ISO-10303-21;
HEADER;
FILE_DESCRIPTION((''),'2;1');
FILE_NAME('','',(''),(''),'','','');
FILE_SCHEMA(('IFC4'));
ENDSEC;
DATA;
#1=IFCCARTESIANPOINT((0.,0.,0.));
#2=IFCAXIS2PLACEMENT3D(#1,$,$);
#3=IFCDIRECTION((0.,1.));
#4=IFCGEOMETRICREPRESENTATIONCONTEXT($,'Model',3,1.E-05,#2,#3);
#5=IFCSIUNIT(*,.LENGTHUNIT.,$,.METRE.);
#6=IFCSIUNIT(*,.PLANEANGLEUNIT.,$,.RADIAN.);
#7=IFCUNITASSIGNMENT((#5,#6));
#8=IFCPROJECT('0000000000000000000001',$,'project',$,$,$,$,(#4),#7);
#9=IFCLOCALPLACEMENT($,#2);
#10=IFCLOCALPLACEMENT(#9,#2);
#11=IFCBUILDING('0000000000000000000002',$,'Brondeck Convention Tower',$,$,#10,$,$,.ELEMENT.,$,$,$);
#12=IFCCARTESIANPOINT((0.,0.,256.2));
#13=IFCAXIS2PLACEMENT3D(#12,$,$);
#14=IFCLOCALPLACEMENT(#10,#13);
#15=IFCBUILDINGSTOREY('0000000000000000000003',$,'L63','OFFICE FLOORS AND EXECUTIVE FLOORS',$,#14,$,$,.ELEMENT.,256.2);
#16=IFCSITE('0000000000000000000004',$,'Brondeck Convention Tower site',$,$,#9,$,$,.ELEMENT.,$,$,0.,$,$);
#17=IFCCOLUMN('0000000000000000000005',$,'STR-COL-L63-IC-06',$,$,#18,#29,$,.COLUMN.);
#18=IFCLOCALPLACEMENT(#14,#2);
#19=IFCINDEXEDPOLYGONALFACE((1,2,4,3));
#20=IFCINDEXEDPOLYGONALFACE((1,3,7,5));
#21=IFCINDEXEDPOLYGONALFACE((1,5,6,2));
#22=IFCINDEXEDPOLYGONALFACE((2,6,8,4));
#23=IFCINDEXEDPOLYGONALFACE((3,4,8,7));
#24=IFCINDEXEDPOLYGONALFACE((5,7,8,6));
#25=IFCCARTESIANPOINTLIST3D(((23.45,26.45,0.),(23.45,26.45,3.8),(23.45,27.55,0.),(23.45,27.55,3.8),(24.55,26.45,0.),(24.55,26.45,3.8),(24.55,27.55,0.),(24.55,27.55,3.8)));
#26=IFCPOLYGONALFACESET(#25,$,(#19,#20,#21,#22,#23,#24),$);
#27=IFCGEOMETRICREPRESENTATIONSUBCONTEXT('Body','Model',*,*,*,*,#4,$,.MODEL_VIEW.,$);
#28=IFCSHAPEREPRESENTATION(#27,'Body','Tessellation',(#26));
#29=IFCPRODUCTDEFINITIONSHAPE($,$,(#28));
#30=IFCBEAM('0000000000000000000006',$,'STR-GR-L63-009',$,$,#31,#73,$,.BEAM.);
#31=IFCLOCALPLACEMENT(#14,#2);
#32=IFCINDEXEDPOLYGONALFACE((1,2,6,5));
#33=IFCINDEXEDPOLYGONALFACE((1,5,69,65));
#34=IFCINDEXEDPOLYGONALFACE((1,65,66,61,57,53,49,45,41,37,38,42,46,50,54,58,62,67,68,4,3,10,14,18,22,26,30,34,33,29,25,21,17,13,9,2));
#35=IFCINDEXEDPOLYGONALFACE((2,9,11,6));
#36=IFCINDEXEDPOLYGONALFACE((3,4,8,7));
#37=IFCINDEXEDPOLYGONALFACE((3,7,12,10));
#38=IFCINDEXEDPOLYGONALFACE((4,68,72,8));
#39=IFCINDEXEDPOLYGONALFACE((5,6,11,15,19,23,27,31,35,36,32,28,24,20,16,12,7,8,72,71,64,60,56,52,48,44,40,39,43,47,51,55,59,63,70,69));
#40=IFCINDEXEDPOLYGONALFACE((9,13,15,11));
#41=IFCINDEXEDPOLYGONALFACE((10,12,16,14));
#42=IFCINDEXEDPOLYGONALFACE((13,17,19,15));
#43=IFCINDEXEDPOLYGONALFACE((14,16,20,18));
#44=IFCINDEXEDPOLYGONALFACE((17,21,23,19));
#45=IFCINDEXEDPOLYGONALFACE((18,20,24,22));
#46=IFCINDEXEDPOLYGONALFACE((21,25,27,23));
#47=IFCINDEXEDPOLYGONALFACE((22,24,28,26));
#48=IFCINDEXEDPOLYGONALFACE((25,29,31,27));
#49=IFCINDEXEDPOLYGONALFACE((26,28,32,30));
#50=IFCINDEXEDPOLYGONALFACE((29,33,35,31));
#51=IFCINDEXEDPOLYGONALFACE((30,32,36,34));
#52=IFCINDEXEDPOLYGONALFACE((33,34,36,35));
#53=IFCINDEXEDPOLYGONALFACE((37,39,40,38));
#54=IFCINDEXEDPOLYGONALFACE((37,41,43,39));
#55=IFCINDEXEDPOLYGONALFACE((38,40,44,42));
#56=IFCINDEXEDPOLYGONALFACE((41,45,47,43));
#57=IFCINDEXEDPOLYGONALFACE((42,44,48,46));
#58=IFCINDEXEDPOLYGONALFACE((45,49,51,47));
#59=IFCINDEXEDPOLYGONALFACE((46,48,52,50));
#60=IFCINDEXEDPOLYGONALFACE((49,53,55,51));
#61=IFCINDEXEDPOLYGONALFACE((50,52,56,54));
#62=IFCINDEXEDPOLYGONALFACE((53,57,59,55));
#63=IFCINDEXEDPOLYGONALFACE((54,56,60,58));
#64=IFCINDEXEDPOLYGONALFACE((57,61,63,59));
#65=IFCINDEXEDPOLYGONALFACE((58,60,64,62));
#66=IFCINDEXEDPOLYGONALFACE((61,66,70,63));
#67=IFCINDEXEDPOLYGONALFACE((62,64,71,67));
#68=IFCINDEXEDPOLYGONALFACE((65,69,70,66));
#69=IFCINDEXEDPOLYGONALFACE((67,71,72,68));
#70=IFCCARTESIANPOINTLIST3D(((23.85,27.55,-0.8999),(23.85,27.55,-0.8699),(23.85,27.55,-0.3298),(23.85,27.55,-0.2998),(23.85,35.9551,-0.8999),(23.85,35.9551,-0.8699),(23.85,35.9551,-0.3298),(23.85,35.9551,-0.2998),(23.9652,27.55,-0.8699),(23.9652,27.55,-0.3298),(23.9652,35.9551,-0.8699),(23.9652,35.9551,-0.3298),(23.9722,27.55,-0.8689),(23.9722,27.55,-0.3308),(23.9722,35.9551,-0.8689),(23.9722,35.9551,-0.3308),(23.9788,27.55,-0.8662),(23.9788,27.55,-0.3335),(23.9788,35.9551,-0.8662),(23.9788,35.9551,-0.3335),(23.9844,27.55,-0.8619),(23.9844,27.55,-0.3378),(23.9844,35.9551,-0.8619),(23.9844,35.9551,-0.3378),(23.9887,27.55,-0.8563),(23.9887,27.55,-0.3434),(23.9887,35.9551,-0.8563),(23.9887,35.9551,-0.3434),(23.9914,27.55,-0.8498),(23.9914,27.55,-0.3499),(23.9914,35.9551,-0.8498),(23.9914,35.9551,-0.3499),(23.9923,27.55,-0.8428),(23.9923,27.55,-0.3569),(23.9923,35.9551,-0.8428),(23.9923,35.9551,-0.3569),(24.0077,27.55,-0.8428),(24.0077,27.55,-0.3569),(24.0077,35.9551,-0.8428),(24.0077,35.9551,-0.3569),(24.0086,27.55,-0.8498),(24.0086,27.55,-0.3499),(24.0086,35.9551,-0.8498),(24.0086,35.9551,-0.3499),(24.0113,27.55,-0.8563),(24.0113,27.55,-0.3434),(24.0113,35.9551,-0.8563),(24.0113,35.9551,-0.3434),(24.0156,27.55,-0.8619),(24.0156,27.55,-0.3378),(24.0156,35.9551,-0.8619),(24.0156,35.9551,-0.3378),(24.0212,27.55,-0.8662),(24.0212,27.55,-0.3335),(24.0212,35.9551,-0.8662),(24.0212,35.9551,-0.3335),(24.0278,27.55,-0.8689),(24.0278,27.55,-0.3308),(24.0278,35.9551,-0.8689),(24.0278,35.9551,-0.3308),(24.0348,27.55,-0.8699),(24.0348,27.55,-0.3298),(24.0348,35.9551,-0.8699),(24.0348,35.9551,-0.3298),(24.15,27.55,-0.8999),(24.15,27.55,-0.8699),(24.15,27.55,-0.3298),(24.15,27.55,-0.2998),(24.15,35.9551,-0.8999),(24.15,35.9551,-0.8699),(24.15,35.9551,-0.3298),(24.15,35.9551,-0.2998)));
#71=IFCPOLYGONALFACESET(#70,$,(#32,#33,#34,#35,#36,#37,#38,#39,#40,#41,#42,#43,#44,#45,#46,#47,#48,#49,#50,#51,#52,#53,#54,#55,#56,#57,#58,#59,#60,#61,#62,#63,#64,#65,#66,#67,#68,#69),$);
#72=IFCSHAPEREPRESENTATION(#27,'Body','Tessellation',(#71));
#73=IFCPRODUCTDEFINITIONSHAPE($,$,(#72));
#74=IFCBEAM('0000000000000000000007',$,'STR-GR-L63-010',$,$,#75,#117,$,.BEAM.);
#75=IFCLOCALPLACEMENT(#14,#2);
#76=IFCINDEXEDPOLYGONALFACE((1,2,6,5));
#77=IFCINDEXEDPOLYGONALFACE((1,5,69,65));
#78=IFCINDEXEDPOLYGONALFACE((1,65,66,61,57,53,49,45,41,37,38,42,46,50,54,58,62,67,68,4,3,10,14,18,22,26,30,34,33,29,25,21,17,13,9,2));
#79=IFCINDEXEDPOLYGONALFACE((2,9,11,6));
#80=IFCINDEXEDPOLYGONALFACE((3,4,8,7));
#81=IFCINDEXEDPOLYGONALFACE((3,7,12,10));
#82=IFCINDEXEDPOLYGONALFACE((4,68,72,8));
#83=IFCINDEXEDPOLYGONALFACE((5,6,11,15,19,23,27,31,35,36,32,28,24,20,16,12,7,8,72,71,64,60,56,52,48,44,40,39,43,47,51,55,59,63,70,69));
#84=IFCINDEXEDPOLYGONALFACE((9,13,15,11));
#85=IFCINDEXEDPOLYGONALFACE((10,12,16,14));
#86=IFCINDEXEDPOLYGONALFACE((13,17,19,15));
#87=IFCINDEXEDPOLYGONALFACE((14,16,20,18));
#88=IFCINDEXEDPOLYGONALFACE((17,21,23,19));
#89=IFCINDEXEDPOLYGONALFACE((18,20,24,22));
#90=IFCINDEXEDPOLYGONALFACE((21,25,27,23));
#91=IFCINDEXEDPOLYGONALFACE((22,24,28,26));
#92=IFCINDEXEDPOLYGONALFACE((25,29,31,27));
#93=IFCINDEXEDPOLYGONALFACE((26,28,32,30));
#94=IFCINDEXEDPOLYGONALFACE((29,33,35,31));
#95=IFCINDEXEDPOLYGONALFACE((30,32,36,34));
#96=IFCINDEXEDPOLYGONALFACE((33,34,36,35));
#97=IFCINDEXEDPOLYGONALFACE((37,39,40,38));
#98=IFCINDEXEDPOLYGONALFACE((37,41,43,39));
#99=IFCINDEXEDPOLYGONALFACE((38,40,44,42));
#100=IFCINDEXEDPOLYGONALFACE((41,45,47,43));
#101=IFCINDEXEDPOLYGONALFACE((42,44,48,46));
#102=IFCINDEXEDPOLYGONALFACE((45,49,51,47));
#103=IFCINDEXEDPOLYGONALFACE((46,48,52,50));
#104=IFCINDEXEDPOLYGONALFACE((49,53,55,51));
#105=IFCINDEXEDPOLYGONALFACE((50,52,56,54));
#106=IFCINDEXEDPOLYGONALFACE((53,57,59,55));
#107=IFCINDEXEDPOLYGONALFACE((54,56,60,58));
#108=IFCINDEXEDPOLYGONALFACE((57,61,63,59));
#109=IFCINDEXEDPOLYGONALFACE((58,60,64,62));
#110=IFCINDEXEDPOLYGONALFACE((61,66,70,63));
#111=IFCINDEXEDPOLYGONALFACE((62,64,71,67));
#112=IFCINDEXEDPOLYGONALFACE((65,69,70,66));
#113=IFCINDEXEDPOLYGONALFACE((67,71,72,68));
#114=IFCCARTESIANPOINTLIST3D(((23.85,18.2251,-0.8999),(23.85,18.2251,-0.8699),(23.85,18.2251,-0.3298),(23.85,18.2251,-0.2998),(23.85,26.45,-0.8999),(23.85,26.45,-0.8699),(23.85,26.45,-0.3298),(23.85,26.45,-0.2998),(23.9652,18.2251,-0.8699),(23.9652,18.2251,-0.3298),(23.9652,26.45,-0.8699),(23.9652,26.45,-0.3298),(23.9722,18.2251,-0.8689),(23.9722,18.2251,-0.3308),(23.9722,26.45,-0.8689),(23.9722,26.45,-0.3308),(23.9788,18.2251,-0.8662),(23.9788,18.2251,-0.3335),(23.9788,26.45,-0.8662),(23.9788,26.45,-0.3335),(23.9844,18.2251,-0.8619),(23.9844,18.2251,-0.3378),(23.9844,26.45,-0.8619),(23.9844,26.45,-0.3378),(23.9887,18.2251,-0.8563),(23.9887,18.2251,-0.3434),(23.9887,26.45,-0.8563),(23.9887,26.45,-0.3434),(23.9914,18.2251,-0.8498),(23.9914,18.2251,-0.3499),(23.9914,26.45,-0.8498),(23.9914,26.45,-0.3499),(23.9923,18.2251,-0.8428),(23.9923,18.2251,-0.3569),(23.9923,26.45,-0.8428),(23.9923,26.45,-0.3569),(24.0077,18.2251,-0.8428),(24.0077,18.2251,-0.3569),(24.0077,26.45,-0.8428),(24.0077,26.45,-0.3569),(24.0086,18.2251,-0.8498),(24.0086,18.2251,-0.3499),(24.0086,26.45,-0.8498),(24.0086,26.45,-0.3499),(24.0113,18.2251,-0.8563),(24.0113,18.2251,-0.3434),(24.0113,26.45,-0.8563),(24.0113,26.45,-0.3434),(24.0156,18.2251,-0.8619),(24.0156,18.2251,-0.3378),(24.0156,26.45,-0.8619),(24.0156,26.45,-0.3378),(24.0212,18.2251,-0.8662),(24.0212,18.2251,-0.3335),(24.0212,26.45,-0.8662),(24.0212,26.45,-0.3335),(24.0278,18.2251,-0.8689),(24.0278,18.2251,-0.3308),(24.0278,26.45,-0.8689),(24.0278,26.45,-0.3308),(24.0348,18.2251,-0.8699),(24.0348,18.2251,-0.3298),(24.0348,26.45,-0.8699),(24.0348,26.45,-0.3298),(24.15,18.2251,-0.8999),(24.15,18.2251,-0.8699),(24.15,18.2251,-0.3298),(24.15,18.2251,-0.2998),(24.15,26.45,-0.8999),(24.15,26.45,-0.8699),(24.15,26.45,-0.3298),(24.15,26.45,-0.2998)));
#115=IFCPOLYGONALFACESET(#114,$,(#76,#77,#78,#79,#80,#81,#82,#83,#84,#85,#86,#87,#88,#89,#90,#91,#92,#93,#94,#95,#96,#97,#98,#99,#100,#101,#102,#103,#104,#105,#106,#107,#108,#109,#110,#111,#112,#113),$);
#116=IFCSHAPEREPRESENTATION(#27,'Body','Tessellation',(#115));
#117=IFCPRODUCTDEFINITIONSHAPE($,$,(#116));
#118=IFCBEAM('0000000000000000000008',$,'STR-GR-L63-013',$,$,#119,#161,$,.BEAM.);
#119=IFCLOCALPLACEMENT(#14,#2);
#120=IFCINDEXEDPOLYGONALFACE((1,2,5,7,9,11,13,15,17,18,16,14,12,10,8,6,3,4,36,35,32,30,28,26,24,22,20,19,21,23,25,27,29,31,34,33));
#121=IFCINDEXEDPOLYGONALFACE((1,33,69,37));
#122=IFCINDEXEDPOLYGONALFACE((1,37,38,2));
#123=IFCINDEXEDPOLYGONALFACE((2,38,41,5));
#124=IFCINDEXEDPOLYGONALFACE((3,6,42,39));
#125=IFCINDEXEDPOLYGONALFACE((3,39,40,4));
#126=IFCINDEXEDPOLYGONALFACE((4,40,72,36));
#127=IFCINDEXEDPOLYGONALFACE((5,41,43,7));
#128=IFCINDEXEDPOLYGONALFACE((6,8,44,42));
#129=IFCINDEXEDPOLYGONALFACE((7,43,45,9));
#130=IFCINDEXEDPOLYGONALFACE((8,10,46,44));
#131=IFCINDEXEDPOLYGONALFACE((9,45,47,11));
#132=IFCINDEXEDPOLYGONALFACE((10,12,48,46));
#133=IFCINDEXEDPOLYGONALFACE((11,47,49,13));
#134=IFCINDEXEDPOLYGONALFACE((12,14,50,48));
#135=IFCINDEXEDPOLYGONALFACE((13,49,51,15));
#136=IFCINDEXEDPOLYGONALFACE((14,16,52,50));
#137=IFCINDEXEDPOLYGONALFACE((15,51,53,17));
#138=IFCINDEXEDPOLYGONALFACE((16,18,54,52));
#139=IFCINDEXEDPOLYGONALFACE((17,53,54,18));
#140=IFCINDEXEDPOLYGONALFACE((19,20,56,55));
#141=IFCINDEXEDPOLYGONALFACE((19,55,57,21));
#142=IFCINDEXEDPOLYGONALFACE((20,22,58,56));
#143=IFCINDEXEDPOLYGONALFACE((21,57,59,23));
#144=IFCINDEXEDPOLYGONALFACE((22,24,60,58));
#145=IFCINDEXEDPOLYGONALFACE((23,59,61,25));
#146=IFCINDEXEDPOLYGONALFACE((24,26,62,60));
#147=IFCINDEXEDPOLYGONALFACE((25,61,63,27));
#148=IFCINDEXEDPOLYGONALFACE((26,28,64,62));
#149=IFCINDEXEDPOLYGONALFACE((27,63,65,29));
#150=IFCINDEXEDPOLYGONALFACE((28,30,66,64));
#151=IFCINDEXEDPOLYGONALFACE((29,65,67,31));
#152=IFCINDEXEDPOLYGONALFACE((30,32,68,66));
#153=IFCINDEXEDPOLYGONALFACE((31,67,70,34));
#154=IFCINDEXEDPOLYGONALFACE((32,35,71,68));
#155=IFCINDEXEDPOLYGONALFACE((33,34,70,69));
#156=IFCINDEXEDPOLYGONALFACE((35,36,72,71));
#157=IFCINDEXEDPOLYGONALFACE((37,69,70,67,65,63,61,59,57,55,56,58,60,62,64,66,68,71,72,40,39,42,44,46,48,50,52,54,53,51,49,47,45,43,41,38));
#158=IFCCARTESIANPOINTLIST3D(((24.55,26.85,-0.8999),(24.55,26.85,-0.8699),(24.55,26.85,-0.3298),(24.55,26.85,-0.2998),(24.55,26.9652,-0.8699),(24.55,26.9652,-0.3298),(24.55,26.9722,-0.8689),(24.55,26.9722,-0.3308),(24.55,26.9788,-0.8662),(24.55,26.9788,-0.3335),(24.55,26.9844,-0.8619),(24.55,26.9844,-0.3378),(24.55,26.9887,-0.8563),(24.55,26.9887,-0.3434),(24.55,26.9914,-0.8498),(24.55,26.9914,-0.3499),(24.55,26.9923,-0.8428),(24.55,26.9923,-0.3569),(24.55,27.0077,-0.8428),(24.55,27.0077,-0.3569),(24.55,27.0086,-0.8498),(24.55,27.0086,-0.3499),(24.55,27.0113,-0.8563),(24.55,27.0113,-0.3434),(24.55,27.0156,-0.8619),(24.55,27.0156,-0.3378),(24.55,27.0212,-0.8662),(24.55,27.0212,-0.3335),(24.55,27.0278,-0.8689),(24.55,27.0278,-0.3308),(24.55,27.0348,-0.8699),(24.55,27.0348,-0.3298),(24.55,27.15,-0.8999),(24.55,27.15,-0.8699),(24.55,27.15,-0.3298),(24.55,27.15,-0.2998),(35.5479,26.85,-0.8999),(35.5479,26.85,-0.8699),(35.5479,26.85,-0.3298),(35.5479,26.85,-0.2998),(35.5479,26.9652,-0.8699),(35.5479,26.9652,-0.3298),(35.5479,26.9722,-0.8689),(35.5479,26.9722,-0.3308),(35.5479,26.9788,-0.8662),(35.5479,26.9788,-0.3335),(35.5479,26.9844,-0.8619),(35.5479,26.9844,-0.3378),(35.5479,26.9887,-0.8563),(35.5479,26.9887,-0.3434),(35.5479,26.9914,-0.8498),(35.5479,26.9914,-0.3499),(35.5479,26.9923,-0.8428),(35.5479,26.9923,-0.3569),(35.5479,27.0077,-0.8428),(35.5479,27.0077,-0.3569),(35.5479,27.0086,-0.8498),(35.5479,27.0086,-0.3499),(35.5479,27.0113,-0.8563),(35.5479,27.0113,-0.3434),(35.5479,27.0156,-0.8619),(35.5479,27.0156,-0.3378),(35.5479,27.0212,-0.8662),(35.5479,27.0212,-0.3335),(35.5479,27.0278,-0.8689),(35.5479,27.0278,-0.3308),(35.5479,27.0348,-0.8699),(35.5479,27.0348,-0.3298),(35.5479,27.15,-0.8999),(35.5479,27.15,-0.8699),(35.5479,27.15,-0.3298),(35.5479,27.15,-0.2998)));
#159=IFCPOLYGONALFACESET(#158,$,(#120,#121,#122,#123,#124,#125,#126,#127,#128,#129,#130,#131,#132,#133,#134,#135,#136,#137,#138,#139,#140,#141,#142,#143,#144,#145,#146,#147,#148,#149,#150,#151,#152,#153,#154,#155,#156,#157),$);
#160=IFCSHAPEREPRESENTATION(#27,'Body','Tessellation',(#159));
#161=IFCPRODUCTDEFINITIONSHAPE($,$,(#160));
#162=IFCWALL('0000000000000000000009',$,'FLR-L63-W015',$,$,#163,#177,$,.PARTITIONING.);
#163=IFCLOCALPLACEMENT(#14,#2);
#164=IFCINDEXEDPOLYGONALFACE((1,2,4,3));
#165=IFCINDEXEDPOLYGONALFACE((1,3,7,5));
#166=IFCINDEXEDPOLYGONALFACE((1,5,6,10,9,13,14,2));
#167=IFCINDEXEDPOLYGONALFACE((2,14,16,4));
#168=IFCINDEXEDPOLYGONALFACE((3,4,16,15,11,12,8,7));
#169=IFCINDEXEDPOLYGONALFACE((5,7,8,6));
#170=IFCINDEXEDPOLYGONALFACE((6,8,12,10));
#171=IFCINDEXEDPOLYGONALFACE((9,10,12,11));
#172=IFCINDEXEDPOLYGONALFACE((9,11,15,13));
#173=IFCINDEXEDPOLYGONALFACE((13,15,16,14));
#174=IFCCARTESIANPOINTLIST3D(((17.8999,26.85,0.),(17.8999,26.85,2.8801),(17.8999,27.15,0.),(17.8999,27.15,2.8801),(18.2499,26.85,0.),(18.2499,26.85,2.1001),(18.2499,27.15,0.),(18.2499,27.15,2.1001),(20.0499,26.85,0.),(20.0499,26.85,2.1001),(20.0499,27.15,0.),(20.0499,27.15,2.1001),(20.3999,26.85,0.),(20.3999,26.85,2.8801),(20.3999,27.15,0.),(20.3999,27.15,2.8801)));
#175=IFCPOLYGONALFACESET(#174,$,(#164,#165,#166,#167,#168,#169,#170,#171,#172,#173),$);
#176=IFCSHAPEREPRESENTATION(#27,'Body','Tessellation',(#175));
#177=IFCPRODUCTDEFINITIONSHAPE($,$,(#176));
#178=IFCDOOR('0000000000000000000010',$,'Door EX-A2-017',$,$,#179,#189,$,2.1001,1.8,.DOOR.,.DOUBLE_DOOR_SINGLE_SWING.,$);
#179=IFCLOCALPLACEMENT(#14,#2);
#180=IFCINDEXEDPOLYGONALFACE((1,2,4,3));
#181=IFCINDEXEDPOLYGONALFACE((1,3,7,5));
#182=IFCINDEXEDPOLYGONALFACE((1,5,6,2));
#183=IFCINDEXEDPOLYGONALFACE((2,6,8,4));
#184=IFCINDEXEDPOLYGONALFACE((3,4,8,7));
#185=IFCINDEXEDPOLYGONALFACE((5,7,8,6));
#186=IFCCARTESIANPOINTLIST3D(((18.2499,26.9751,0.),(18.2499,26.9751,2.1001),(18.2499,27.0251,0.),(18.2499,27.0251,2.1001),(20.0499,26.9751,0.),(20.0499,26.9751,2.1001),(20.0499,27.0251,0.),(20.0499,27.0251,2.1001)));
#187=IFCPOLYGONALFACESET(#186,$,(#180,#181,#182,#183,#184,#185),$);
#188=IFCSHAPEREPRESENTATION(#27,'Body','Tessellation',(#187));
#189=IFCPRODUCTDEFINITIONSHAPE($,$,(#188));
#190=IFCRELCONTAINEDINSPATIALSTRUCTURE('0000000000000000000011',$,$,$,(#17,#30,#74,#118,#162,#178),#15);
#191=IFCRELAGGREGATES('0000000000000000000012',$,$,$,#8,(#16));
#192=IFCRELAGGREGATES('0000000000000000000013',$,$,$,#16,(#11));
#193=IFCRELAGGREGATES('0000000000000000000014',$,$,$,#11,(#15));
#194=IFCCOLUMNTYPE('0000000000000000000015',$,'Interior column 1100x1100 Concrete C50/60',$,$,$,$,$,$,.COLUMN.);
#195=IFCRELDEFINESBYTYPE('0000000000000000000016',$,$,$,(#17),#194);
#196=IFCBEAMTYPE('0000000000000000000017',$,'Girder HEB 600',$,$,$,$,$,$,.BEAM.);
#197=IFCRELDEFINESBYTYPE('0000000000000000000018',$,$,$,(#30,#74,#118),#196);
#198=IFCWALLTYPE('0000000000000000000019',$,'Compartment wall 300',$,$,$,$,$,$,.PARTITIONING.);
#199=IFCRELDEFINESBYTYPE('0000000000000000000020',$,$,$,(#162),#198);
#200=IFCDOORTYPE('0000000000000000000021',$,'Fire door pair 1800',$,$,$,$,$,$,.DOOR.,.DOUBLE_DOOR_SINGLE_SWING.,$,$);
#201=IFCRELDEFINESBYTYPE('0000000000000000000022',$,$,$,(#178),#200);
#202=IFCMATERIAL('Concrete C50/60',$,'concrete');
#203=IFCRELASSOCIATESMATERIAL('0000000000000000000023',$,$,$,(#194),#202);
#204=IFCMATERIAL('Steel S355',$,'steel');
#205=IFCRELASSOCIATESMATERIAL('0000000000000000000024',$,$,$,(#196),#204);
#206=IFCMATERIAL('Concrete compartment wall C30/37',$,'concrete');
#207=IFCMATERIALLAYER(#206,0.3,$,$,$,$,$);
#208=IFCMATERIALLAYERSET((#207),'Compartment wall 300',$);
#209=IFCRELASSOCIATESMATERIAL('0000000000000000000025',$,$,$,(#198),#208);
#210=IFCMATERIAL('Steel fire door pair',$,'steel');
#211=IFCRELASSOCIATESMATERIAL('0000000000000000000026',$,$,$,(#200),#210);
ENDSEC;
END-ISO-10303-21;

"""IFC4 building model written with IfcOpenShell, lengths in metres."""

from ifc_helpers import new_model, si_unit, direction, frame, frame_2d, origin, origin_2d, place, context, subcontext, project, spatial, rectangle, i_section, extrude, material, layer, layer_set, material_profile, profile_set, type_object, element, fill, save


model = new_model("IFC4")

# Units and contexts
model_context = context("Model", 3, precision=1e-05, world=origin(), true_north=direction((0.0, 1.0)))
body_context = subcontext(model_context, "Body", "Model", "MODEL_VIEW")
ifc_project = project(units=[si_unit("LENGTHUNIT", "METRE"), si_unit("PLANEANGLEUNIT", "RADIAN")], contexts=[model_context])

# Site, building, storey
site_placement = place(None, origin())
site = spatial("IfcSite", under=ifc_project, at=site_placement, Name="Brondeck Convention Tower site", CompositionType="ELEMENT", RefElevation=0.0)
building_placement = place(site_placement, origin())
building = spatial("IfcBuilding", under=site, at=building_placement, Name="Brondeck Convention Tower", CompositionType="ELEMENT")
storey_placement = place(building_placement, frame((0.0, 0.0, 256.2)))
storey = spatial("IfcBuildingStorey", under=building, at=storey_placement, Name="L63", Description="OFFICE FLOORS AND EXECUTIVE FLOORS", CompositionType="ELEMENT", Elevation=256.2)

# Column
ifc_material_1 = material(Name="Concrete C50/60", Category="concrete")
ifc_material_profile_1 = material_profile(ifc_material_1, rectangle(XDim=1.1001, YDim=1.1001, at=origin_2d()), Name="Interior column 1100x1100 Concrete C50/60")
ifc_profile_set_1 = profile_set([ifc_material_profile_1], Name="Concrete C50/60")
column_type = type_object("IfcColumnType", Name="Interior column 1100x1100 Concrete C50/60", PredefinedType="COLUMN", material=ifc_profile_set_1)
column_placement = place(storey_placement, frame((24.0, 27.0, 0.0), z_axis=(0.0, 0.0, 1.0), x_axis=(1.0, 0.0, 0.0)))
element("IfcColumn", 1, at=column_placement, inside=storey, type_object=column_type, Name="STR-COL-L63-IC-06", PredefinedType="COLUMN", context=body_context, shape_type="SweptSolid", body=[
    extrude(rectangle(XDim=1.1001, YDim=1.1001, at=origin_2d()), origin(), (0.0, 0.0, 1.0), 3.8),
])

# Beams
ifc_material_2 = material(Name="Steel S355", Category="steel")
ifc_material_profile_2 = material_profile(ifc_material_2, i_section(OverallWidth=0.3, OverallDepth=0.6001, WebThickness=0.0154, FlangeThickness=0.03, FilletRadius=0.0271, at=origin_2d()), Name="HEB 600")
ifc_profile_set_2 = profile_set([ifc_material_profile_2], Name="Steel S355")
beam_type = type_object("IfcBeamType", Name="Girder HEB 600", PredefinedType="BEAM", material=ifc_profile_set_2)
beam_1_placement = place(storey_placement, frame((24.0, 35.9551, -0.5999), z_axis=(0.0, -1.0, 0.0), x_axis=(1.0, 0.0, 0.0)))
element("IfcBeam", 2, at=beam_1_placement, inside=storey, type_object=beam_type, Name="STR-GR-L63-009", PredefinedType="BEAM", context=body_context, shape_type="SweptSolid", body=[
    extrude(i_section(OverallWidth=0.3, OverallDepth=0.6001, WebThickness=0.0154, FlangeThickness=0.03, FilletRadius=0.0271, at=origin_2d()), origin(), (0.0, 0.0, 1.0), 8.405),
])
beam_2_placement = place(storey_placement, frame((24.0, 26.45, -0.5999), z_axis=(0.0, -1.0, 0.0), x_axis=(1.0, 0.0, 0.0)))
element("IfcBeam", 3, at=beam_2_placement, inside=storey, type_object=beam_type, Name="STR-GR-L63-010", PredefinedType="BEAM", context=body_context, shape_type="SweptSolid", body=[
    extrude(i_section(OverallWidth=0.3, OverallDepth=0.6001, WebThickness=0.0154, FlangeThickness=0.03, FilletRadius=0.0271, at=origin_2d()), origin(), (0.0, 0.0, 1.0), 8.2249),
])
beam_3_placement = place(storey_placement, frame((24.55, 27.0, -0.5999), z_axis=(1.0, 0.0, 0.0), x_axis=(0.0, 1.0, 0.0)))
element("IfcBeam", 4, at=beam_3_placement, inside=storey, type_object=beam_type, Name="STR-GR-L63-013", PredefinedType="BEAM", context=body_context, shape_type="SweptSolid", body=[
    extrude(i_section(OverallWidth=0.3, OverallDepth=0.6001, WebThickness=0.0154, FlangeThickness=0.03, FilletRadius=0.0271, at=origin_2d()), origin(), (0.0, 0.0, 1.0), 10.9978),
])

# Wall, opening, door
ifc_material_3 = material(Name="Concrete compartment wall C30/37", Category="concrete")
ifc_layer_1 = layer(ifc_material_3, 0.3)
ifc_layer_set_1 = layer_set([ifc_layer_1], Name="Compartment wall 300")
wall_type_1 = type_object("IfcWallType", Name="Compartment wall 300", PredefinedType="PARTITIONING", material=ifc_layer_set_1)
wall_1_placement = place(storey_placement, frame((20.3999, 27.0, 0.0), z_axis=(0.0, 0.0, 1.0), x_axis=(-1.0, 0.0, 0.0)))
wall_1 = element("IfcWall", 5, at=wall_1_placement, inside=storey, type_object=wall_type_1, Name="FLR-L63-W015", PredefinedType="PARTITIONING", context=body_context, shape_type="SweptSolid", body=[
    extrude(rectangle(XDim=2.5, YDim=0.3, at=frame_2d((1.25, 0.0))), origin(), (0.0, 0.0, 1.0), 2.8801),
])
opening_1_placement = place(wall_1_placement, frame((0.3501, 0.0, 0.0)))
opening_1 = element("IfcOpeningElement", 6, at=opening_1_placement, cuts=wall_1, PredefinedType="OPENING", context=body_context, shape_type="SweptSolid", body=[
    extrude(rectangle(XDim=1.8, YDim=2.1001, at=frame_2d((0.8999, 1.05))), frame((0.0, 0.1599, 0.0), z_axis=(0.0, -1.0, 0.0), x_axis=(1.0, 0.0, 0.0)), (0.0, 0.0, 1.0), 0.3201),
])
ifc_material_4 = material(Name="Steel fire door pair", Category="steel")
door_type_1 = type_object("IfcDoorType", Name="Fire door pair 1800", OperationType="DOUBLE_DOOR_SINGLE_SWING", PredefinedType="DOOR", material=ifc_material_4)
door_1_placement = place(opening_1_placement, origin())
door_1 = element("IfcDoor", 7, at=door_1_placement, inside=storey, type_object=door_type_1, Name="Door EX-A2-017", OperationType="DOUBLE_DOOR_SINGLE_SWING", OverallHeight=2.1001, OverallWidth=1.8, PredefinedType="DOOR", context=body_context, shape_type="SweptSolid", body=[
    extrude(rectangle(XDim=1.8, YDim=2.1001, at=frame_2d((0.8999, 1.05))), frame((0.0, 0.0249, 0.0), z_axis=(0.0, -1.0, 0.0), x_axis=(1.0, 0.0, 0.0)), (0.0, 0.0, 1.0), 0.05),
])
fill(opening_1, door_1)

save(model, "model.ifc")
